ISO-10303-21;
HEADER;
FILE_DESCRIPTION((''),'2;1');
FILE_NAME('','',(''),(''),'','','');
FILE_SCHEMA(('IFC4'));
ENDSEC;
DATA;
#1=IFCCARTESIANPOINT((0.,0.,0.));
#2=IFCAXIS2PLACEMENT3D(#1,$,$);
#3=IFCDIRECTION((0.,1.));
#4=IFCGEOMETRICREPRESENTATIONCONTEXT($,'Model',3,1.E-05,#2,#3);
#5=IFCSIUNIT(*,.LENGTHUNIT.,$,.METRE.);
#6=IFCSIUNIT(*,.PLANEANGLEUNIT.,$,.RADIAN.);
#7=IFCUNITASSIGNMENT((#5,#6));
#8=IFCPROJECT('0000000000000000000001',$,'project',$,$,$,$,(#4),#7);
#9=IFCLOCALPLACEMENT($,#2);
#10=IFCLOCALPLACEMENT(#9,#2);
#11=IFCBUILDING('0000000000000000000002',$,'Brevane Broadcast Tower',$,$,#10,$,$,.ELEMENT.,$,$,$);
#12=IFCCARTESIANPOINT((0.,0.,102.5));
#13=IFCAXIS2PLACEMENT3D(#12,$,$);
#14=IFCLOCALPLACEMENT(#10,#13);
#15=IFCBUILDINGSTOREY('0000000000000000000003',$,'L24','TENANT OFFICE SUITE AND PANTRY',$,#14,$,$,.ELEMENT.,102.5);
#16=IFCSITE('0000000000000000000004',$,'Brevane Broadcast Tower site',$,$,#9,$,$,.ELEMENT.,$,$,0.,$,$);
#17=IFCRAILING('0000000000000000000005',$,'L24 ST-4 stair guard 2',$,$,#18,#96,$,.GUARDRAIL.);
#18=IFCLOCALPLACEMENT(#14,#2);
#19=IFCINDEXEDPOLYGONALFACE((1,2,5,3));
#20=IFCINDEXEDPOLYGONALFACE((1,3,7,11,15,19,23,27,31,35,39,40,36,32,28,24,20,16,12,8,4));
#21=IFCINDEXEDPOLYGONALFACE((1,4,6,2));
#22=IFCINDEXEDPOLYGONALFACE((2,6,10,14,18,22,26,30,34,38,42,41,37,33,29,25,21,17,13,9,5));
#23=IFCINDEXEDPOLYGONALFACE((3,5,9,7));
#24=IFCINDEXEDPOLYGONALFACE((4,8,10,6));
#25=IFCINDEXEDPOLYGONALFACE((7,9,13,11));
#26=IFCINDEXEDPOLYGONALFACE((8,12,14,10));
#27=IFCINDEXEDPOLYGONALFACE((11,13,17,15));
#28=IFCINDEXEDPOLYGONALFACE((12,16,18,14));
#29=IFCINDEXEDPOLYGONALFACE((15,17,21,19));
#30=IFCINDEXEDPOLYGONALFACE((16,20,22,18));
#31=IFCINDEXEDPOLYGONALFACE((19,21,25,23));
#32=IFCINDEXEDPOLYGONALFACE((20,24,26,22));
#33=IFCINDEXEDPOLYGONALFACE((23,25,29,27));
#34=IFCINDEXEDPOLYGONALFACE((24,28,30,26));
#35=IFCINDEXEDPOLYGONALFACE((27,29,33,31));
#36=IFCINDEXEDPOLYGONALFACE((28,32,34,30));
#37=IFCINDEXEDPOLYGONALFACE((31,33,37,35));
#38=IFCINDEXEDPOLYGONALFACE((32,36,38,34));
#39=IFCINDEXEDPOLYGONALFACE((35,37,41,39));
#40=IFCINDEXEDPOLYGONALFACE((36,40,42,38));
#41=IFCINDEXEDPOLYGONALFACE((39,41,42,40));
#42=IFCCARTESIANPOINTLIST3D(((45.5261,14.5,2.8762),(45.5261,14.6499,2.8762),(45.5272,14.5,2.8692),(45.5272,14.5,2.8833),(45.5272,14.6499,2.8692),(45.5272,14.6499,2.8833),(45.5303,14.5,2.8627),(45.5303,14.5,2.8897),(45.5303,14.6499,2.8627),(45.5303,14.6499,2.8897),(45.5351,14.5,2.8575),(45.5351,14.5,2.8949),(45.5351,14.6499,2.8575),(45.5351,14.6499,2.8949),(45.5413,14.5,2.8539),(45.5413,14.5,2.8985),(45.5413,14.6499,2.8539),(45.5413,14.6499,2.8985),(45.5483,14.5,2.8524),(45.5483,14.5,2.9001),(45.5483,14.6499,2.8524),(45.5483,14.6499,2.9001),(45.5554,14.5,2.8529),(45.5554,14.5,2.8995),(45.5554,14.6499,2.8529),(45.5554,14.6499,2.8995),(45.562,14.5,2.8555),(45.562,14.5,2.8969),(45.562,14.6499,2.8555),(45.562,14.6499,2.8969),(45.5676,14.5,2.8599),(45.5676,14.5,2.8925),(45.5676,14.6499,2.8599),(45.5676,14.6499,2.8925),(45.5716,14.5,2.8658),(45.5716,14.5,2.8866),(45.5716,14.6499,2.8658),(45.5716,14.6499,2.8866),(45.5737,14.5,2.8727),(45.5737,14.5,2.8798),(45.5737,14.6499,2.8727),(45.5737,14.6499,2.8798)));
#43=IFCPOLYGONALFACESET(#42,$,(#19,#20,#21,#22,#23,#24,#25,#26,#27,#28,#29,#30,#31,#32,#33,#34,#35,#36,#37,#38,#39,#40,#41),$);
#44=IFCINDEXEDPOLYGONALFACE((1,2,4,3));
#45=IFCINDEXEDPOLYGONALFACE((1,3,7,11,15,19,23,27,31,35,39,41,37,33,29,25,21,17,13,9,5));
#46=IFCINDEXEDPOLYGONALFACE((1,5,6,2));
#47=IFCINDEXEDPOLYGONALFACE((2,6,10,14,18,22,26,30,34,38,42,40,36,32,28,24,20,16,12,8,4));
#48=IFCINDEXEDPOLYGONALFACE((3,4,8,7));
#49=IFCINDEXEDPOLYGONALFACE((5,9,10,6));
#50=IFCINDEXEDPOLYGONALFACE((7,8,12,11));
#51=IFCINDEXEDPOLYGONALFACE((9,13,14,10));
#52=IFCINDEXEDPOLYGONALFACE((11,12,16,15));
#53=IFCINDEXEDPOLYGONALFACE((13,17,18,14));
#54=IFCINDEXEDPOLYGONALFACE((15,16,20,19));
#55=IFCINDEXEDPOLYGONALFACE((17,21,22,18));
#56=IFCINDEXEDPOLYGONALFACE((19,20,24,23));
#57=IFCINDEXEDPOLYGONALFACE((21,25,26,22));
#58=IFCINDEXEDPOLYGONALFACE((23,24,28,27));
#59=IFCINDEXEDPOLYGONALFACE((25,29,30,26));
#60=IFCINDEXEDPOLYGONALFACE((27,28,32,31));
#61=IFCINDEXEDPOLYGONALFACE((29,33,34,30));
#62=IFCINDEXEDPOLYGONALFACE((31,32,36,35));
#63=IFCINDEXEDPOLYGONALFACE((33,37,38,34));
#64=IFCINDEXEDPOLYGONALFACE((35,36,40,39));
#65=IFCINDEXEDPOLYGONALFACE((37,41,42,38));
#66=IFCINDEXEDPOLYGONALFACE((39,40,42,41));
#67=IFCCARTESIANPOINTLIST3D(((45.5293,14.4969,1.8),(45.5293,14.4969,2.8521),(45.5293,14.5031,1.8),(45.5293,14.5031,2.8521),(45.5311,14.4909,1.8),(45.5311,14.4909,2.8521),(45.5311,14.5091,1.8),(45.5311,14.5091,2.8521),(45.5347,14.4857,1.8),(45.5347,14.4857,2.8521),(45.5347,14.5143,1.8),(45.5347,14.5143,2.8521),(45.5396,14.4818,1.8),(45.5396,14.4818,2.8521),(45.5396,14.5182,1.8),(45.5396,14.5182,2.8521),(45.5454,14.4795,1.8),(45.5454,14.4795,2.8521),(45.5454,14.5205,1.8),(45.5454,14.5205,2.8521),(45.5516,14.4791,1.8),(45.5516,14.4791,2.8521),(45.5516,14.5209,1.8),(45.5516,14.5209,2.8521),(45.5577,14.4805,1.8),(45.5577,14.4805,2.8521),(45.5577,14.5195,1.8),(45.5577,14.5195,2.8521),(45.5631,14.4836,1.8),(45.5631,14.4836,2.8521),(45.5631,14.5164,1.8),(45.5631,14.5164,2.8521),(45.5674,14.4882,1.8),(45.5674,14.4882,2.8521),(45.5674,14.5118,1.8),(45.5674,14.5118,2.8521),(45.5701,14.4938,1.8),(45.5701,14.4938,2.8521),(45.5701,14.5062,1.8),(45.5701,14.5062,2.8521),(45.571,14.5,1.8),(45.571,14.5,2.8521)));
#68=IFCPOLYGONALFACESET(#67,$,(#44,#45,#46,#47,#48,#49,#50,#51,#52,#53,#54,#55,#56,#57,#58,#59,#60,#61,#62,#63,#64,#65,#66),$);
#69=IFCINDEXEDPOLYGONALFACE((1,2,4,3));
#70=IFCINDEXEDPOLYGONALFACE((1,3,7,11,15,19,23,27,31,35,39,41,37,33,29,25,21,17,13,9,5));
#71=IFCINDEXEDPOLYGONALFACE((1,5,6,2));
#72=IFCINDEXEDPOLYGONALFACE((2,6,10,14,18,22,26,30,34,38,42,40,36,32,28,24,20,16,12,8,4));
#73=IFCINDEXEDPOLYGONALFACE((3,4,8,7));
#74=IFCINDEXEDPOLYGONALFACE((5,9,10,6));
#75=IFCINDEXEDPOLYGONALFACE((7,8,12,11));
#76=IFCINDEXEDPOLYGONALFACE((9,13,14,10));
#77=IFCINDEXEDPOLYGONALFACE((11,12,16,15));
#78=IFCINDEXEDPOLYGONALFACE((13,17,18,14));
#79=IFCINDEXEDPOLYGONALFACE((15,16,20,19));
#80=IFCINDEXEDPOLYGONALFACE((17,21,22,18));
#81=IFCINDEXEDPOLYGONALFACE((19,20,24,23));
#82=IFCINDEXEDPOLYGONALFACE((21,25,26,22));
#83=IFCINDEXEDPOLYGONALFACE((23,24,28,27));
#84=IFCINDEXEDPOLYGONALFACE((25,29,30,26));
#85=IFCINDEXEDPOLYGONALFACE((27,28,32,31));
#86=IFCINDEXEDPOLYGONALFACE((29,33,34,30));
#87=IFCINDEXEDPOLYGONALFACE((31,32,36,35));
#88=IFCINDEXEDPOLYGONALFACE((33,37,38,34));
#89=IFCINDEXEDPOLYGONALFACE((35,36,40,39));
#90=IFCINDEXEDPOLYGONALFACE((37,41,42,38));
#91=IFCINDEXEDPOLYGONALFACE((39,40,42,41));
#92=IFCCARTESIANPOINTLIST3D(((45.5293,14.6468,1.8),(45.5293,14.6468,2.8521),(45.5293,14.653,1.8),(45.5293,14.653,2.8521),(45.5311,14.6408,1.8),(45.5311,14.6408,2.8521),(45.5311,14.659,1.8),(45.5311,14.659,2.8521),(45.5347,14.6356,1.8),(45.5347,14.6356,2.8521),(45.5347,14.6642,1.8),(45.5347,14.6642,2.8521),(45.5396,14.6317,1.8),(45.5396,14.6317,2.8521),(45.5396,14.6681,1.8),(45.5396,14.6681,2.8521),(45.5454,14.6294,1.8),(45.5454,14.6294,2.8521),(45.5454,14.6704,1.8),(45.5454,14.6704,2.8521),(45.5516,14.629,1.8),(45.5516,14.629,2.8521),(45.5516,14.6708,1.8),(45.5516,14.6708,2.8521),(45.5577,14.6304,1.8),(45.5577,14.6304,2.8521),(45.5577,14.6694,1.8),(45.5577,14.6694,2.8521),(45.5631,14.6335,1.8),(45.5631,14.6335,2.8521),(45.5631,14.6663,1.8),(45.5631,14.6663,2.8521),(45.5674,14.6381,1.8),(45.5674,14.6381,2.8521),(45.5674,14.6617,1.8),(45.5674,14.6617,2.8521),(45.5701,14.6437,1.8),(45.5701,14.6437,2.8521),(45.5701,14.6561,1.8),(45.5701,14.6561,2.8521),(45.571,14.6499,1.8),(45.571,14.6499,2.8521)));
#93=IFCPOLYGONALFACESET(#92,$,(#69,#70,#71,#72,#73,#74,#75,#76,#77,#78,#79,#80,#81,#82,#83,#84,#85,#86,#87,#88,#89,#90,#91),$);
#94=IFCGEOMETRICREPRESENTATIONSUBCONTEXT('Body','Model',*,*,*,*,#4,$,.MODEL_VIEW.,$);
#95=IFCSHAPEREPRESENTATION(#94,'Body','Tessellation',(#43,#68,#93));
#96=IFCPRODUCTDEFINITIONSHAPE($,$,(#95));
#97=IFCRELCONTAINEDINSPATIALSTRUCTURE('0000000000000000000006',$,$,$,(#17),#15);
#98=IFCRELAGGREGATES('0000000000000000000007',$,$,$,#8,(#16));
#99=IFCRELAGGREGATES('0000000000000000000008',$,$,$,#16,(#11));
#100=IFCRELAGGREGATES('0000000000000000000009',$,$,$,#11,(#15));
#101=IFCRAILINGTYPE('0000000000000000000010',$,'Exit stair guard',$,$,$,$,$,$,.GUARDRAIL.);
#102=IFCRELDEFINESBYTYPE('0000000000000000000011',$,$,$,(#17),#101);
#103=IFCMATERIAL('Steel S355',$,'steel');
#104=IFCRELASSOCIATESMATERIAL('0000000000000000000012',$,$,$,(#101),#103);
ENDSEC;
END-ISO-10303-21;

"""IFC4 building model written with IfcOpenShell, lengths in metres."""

from ifc_helpers import new_model, si_unit, direction, frame, origin, origin_2d, place, context, subcontext, project, spatial, circle, extrude, material, type_object, element, save


model = new_model("IFC4")

# Units and contexts
model_context = context("Model", 3, precision=1e-05, world=origin(), true_north=direction((0.0, 1.0)))
body_context = subcontext(model_context, "Body", "Model", "MODEL_VIEW")
ifc_project = project(units=[si_unit("LENGTHUNIT", "METRE"), si_unit("PLANEANGLEUNIT", "RADIAN")], contexts=[model_context])

# Site, building, storey
site_placement = place(None, origin())
site = spatial("IfcSite", under=ifc_project, at=site_placement, Name="Brevane Broadcast Tower site", CompositionType="ELEMENT", RefElevation=0.0)
building_placement = place(site_placement, origin())
building = spatial("IfcBuilding", under=site, at=building_placement, Name="Brevane Broadcast Tower", CompositionType="ELEMENT")
storey_placement = place(building_placement, frame((0.0, 0.0, 102.5)))
storey = spatial("IfcBuildingStorey", under=building, at=storey_placement, Name="L24", Description="TENANT OFFICE SUITE AND PANTRY", CompositionType="ELEMENT", Elevation=102.5)

# Railing
ifc_material_1 = material(Name="Steel S355", Category="steel")
railing_type_1 = type_object("IfcRailingType", Name="Exit stair guard", PredefinedType="GUARDRAIL", material=ifc_material_1)
railing_1_placement = place(storey_placement, frame((45.55, 14.5, 1.8)))
element("IfcRailing", 1, at=railing_1_placement, inside=storey, type_object=railing_type_1, Name="L24 ST-4 stair guard 2", PredefinedType="GUARDRAIL", context=body_context, shape_type="SweptSolid", body=[
    extrude(circle(Radius=0.0239, at=origin_2d()), frame((0.0, 0.0, 1.0762), z_axis=(0.0, 1.0, 0.0), x_axis=(-1.0, 0.0, 0.0)), (0.0, 0.0, 1.0), 0.1499),
    extrude(circle(Radius=0.021, at=origin_2d()), origin(), (0.0, 0.0, 1.0), 1.052),
    extrude(circle(Radius=0.021, at=origin_2d()), frame((0.0, 0.1499, 0.0)), (0.0, 0.0, 1.0), 1.052),
])

save(model, "model.ifc")
